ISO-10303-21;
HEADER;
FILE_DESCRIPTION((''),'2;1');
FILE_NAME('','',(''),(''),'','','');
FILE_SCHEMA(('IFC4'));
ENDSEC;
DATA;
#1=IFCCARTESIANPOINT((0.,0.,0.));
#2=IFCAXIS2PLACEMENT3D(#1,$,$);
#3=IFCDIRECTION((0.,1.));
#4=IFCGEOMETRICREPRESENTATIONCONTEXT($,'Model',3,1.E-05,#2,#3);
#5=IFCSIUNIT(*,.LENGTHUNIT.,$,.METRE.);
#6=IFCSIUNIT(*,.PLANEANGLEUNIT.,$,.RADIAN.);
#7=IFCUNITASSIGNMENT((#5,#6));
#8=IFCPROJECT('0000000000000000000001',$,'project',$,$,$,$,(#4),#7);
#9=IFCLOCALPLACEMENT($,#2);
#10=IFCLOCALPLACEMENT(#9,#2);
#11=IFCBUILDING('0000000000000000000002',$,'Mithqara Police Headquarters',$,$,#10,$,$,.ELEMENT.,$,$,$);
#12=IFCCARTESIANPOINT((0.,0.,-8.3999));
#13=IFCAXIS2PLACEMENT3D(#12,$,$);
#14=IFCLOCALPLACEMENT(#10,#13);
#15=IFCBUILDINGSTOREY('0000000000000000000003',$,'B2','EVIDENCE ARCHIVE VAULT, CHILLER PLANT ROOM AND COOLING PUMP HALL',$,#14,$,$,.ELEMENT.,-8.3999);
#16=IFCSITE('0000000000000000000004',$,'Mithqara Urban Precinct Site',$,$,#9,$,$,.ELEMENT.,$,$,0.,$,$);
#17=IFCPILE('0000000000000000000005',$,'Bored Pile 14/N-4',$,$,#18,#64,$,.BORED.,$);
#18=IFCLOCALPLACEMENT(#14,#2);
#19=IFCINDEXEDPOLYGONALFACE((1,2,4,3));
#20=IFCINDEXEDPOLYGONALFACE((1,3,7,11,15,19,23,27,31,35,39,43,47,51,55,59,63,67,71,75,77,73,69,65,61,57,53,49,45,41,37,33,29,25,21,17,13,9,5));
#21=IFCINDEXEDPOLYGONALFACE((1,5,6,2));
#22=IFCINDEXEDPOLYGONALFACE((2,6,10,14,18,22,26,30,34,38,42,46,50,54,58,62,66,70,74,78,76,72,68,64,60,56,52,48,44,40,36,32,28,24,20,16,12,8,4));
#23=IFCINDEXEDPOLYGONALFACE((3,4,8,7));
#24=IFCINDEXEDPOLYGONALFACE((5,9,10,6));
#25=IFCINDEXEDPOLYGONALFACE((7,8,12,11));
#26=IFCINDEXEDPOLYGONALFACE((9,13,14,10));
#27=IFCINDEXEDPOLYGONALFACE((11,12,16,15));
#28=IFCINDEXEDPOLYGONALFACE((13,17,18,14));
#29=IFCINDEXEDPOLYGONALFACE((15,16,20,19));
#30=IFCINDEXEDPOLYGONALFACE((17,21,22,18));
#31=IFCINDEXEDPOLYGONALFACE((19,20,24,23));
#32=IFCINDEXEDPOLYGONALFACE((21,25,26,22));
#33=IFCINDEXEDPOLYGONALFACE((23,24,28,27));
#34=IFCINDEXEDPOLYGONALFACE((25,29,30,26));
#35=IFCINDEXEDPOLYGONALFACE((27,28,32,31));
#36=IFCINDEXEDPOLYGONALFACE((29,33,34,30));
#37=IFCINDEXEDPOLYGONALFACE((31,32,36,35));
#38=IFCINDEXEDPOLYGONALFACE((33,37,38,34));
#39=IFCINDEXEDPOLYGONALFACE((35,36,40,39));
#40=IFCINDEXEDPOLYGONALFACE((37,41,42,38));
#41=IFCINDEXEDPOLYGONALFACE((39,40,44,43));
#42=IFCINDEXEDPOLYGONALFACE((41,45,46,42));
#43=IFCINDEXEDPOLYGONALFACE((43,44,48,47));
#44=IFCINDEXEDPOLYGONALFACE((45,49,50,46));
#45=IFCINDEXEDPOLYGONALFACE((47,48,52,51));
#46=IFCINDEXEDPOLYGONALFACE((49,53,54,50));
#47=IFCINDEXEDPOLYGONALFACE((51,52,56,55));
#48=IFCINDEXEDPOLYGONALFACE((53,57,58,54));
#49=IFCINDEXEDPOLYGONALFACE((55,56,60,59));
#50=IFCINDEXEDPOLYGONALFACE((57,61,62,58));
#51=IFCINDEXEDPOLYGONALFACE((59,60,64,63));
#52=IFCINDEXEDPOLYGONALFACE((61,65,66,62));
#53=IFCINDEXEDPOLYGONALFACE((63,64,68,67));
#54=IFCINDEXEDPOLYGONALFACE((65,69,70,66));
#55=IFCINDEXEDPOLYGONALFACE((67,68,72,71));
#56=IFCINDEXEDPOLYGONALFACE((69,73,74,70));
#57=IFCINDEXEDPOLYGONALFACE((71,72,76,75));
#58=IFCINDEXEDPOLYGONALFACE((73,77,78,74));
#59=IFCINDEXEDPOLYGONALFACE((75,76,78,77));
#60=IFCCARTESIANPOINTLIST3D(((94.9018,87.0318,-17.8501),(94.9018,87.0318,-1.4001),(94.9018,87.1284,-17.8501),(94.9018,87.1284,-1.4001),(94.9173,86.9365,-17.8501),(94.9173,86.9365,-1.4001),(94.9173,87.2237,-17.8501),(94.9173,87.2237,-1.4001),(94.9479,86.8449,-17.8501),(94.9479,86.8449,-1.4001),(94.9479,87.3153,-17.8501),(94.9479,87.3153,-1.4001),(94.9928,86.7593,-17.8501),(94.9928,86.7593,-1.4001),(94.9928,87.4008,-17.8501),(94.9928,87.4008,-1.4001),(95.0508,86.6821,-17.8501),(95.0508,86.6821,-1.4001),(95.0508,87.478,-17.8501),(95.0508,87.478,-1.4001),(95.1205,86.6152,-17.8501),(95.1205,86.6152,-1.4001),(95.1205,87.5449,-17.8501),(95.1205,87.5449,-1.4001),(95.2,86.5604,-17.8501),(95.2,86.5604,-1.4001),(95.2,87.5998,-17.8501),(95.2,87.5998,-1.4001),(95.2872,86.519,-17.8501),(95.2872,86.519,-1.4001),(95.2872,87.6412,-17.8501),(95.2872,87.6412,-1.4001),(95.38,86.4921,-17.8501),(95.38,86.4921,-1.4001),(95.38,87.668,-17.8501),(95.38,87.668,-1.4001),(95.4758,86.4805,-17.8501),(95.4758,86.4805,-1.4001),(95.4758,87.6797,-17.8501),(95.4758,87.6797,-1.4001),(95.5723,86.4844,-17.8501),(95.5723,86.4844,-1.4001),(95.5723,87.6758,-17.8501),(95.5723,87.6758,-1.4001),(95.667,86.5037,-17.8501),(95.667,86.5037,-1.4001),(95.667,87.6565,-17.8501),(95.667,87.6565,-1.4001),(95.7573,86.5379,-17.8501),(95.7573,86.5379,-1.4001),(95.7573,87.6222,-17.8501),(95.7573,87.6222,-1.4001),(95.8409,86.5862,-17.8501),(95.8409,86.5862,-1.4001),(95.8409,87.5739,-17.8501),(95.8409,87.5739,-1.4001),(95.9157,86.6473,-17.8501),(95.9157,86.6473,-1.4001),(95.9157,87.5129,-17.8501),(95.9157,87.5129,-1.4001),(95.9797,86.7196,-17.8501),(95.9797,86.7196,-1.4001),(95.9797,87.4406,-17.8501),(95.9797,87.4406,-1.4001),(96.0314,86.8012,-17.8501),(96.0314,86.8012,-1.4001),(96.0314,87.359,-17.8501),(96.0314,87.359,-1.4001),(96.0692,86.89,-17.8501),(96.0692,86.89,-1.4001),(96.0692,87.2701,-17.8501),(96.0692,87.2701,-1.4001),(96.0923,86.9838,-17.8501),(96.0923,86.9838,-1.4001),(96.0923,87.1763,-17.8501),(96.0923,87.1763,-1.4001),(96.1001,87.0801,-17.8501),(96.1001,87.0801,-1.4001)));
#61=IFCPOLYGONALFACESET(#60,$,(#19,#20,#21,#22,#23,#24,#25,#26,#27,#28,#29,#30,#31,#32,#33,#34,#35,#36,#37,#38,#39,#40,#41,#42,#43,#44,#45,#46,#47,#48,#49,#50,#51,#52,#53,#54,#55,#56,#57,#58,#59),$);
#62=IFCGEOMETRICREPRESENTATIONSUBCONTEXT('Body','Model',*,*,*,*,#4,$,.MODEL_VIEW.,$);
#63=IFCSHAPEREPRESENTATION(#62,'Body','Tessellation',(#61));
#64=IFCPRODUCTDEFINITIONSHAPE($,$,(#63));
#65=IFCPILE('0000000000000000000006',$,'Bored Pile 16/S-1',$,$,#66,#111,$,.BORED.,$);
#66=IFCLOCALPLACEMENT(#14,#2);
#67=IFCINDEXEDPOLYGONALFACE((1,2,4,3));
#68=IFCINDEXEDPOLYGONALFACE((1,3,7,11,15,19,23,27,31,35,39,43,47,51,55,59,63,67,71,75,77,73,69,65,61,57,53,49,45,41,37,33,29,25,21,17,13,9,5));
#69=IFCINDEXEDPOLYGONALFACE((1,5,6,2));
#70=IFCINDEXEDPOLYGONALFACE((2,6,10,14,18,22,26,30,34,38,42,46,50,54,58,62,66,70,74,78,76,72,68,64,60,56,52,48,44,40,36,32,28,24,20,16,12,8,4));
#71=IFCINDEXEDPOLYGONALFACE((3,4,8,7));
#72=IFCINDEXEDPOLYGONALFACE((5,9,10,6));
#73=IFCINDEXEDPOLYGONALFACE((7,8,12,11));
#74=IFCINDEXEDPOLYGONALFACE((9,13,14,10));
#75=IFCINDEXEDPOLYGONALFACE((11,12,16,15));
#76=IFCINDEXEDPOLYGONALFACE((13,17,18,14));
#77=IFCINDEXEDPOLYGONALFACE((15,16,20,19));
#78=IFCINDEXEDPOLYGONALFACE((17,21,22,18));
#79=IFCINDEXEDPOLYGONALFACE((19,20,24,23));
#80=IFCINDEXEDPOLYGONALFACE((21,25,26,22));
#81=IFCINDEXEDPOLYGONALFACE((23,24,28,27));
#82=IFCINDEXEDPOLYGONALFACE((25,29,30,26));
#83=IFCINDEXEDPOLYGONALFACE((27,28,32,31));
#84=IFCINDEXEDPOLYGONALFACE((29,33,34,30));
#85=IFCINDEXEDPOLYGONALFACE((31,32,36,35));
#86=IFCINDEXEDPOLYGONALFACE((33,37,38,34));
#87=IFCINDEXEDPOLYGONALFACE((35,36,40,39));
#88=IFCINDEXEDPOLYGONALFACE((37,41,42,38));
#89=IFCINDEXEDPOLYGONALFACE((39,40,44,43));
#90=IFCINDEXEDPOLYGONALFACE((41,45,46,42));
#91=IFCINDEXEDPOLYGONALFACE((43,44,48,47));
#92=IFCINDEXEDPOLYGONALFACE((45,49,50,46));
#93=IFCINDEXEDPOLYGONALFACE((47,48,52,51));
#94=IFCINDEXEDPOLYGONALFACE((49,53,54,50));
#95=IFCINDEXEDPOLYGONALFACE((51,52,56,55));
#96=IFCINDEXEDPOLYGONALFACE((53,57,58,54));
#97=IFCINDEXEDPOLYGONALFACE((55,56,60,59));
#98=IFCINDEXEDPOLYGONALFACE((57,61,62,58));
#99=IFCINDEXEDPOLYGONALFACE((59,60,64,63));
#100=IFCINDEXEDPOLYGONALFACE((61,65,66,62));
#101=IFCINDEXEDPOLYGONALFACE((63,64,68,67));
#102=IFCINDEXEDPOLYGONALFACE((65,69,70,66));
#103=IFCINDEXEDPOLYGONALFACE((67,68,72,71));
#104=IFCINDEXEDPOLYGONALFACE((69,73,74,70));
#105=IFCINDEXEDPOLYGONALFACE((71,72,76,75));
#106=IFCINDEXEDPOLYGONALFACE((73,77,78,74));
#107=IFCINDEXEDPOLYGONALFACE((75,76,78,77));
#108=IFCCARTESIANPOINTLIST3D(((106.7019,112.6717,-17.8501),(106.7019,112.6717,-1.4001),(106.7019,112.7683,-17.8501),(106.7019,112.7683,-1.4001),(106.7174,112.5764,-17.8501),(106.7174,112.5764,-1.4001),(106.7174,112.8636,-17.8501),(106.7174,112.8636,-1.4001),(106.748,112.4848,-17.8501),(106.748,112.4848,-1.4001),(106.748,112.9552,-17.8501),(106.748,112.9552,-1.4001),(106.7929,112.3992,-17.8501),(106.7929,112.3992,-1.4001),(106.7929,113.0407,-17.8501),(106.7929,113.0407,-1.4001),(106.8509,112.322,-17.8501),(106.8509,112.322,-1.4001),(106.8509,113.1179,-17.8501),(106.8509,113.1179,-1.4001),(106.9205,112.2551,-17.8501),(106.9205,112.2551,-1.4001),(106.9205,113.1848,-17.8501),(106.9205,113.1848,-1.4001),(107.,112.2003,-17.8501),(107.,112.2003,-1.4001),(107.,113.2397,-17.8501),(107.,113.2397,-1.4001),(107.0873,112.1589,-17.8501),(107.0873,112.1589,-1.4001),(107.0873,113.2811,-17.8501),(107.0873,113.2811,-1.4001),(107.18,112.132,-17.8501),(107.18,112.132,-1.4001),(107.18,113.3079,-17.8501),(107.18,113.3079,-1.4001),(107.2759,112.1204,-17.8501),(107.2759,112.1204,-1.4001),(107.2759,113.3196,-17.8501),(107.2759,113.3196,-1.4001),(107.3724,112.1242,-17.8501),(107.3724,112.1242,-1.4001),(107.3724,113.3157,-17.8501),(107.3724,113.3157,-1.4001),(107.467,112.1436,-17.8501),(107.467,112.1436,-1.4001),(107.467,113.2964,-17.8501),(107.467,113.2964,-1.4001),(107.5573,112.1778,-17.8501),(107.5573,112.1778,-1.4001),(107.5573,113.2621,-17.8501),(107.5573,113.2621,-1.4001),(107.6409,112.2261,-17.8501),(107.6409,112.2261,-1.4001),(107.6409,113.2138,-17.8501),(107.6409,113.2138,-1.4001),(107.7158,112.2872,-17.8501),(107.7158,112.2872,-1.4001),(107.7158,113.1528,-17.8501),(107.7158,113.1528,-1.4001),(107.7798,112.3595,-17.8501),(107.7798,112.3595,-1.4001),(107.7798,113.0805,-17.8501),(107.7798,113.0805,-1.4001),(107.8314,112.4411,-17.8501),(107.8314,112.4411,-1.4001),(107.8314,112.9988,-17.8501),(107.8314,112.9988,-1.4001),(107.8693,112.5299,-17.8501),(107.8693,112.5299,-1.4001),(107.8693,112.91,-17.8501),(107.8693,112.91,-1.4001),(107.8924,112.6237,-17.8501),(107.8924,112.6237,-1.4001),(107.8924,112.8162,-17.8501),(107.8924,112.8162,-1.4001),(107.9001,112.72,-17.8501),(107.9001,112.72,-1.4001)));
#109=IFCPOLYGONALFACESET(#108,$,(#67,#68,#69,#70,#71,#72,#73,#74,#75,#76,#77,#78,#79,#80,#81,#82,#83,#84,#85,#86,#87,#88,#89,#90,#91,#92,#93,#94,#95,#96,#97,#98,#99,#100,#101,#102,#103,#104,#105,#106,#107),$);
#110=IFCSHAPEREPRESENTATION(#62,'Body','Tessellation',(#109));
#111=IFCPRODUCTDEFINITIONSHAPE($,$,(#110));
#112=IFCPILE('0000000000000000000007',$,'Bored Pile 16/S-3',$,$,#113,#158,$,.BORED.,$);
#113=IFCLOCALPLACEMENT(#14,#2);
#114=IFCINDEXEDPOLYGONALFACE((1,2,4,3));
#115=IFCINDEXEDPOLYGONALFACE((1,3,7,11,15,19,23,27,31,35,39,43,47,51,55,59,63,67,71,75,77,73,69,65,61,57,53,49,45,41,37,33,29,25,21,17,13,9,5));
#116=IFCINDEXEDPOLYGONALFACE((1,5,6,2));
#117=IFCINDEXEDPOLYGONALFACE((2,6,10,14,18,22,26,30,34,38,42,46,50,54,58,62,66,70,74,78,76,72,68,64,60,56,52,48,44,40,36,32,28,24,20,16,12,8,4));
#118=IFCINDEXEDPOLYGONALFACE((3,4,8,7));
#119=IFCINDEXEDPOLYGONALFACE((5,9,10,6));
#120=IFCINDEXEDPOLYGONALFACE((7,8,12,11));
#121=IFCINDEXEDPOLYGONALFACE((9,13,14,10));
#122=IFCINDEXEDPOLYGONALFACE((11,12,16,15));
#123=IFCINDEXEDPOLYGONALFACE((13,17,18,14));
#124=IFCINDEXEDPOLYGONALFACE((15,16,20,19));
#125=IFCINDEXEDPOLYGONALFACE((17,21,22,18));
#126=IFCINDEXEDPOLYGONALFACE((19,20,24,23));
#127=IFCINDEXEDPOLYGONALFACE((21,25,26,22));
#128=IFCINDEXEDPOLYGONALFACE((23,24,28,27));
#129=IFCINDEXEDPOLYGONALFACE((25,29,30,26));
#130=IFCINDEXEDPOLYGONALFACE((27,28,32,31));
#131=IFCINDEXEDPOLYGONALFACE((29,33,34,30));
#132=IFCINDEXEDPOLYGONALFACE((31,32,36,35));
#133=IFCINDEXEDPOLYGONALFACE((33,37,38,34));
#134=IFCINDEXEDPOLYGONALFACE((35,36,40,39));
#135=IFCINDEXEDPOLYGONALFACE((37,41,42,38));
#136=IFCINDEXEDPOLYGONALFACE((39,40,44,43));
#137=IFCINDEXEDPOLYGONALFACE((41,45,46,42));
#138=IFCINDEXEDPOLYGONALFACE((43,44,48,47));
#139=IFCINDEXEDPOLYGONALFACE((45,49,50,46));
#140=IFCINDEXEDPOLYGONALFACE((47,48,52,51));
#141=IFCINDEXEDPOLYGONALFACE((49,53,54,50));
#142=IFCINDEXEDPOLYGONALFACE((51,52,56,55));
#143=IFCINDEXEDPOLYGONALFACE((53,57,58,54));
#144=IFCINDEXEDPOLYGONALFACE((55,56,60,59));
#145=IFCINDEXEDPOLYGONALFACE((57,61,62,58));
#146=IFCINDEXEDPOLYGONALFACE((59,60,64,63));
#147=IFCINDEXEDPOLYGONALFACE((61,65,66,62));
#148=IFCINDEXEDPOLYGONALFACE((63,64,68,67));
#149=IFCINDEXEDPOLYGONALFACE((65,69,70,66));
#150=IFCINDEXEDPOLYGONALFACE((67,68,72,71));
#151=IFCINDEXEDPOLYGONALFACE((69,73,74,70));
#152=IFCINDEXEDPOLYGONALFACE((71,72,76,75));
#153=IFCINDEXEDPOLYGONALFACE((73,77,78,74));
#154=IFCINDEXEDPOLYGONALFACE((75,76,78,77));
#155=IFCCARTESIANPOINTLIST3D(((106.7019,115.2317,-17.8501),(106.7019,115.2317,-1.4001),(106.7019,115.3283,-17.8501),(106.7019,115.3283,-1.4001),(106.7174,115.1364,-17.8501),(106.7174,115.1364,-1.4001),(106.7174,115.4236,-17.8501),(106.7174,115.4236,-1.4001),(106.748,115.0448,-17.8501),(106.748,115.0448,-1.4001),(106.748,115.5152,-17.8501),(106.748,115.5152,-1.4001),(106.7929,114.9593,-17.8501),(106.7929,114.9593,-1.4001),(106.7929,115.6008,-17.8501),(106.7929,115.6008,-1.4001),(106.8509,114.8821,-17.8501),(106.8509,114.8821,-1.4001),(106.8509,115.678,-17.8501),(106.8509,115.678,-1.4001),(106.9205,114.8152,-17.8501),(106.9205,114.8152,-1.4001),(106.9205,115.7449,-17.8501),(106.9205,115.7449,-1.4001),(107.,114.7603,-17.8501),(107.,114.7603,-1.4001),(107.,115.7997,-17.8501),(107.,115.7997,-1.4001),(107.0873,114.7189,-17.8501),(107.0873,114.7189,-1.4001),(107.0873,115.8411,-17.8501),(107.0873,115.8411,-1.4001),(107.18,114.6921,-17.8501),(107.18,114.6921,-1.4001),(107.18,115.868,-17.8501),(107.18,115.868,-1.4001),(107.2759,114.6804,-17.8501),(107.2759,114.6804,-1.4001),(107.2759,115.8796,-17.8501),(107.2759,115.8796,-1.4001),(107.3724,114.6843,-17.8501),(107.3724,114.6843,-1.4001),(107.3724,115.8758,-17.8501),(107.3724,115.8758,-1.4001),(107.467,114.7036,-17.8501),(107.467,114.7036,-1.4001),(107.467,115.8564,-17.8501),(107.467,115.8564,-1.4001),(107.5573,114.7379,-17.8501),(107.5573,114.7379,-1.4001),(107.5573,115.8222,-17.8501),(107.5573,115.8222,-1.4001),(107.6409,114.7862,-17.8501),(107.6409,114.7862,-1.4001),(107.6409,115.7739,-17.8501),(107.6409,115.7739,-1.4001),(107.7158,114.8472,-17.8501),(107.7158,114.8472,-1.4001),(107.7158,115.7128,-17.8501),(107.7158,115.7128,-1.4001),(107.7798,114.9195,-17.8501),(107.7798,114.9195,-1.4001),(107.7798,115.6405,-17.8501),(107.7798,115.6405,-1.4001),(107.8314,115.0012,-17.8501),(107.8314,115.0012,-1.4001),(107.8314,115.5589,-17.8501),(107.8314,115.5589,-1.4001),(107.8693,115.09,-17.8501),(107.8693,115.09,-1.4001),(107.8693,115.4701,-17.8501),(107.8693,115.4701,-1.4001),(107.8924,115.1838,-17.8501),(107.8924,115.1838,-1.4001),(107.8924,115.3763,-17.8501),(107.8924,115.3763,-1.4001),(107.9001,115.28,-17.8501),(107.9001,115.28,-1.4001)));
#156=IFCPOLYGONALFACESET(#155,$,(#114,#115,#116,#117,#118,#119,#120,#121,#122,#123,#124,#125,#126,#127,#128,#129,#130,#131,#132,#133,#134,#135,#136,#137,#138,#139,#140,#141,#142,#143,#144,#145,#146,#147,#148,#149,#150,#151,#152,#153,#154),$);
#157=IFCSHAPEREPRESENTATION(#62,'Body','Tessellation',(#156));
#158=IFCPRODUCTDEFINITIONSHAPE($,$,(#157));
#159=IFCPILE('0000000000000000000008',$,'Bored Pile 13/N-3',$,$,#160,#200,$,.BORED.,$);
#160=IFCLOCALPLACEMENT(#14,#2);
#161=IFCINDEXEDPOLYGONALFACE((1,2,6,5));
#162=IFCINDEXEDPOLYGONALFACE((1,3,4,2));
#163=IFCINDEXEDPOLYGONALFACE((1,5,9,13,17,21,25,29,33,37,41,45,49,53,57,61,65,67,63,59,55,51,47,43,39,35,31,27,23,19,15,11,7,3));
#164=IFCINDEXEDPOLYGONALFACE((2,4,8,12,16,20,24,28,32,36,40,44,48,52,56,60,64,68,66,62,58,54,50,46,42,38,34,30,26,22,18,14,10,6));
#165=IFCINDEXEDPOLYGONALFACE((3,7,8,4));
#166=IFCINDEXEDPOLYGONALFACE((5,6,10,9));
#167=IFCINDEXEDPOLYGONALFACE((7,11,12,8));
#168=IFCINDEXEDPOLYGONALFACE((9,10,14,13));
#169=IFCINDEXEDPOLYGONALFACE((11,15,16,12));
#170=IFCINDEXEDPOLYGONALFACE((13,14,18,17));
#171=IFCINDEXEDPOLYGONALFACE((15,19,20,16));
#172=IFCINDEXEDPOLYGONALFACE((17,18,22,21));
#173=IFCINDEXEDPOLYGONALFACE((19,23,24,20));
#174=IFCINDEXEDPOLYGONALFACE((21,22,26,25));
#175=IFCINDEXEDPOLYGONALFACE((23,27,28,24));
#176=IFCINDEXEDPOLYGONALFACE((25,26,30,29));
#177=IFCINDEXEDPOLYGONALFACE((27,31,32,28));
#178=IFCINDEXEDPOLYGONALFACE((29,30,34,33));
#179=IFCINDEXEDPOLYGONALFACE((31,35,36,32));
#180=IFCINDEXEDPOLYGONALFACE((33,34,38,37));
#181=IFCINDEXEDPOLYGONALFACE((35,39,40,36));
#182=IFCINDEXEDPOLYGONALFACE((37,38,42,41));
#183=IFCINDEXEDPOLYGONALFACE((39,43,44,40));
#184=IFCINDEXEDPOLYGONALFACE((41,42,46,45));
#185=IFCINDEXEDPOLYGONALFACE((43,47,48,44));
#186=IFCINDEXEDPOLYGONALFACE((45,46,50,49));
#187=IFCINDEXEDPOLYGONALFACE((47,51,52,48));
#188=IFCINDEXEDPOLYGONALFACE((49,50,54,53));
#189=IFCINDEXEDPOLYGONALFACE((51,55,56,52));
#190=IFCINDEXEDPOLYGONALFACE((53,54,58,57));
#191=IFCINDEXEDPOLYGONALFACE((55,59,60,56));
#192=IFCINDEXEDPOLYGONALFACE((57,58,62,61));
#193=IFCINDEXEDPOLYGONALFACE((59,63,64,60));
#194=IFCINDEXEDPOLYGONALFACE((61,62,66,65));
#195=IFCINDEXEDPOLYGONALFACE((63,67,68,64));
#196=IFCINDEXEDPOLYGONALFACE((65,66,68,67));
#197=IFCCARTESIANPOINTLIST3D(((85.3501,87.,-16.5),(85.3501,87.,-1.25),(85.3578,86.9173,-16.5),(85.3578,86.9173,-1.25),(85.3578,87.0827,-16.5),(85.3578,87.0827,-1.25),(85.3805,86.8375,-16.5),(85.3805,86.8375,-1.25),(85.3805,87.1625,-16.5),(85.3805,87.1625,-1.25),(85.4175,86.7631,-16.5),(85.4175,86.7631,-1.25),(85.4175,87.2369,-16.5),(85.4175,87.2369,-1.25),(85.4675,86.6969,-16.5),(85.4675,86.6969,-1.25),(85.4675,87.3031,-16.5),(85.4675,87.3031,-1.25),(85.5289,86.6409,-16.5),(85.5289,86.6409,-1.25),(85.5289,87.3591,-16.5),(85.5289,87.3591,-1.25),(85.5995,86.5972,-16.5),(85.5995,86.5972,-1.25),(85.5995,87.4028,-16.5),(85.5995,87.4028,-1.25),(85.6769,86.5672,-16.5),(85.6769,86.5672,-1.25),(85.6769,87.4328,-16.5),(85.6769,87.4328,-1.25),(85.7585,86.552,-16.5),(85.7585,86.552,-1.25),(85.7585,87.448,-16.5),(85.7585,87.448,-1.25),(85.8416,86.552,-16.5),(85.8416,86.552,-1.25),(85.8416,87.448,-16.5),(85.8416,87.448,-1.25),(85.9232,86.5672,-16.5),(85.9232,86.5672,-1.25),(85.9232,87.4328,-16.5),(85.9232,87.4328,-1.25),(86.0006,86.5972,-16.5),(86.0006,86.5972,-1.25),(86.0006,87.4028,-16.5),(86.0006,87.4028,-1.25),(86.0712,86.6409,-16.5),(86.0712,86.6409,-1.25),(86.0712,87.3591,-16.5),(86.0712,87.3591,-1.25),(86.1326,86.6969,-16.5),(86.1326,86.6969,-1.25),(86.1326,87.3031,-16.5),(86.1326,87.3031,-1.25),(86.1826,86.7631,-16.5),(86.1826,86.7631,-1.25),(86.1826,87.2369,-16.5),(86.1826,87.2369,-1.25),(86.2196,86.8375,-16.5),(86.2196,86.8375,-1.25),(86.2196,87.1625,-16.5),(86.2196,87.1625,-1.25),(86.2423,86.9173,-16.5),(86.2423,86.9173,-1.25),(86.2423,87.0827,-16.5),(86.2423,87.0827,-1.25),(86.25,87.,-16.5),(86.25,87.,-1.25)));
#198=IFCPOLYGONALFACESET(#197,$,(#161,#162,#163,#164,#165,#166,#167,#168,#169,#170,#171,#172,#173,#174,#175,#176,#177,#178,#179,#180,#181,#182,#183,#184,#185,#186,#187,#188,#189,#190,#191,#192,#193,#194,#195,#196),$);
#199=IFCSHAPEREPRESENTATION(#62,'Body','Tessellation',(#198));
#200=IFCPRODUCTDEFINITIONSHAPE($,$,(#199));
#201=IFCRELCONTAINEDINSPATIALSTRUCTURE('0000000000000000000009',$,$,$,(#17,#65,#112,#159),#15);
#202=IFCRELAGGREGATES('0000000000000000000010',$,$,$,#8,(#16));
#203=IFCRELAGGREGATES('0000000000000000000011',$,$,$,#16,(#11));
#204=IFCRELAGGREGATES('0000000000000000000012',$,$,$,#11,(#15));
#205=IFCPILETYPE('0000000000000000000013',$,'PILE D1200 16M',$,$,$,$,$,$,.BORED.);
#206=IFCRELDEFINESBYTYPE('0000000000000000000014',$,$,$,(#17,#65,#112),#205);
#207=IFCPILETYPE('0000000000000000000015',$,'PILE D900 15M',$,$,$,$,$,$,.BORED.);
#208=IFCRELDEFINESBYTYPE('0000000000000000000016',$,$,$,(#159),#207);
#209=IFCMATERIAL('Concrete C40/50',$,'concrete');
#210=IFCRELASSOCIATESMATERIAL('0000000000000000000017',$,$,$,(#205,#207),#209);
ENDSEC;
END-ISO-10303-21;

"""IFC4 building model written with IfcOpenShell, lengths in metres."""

from ifc_helpers import new_model, si_unit, direction, frame, origin, origin_2d, place, context, subcontext, project, spatial, circle, extrude, material, material_profile, profile_set, type_object, element, save


model = new_model("IFC4")

# Units and contexts
model_context = context("Model", 3, precision=1e-05, world=origin(), true_north=direction((0.0, 1.0)))
body_context = subcontext(model_context, "Body", "Model", "MODEL_VIEW")
ifc_project = project(units=[si_unit("LENGTHUNIT", "METRE"), si_unit("PLANEANGLEUNIT", "RADIAN")], contexts=[model_context])

# Site, building, storey
site_placement = place(None, origin())
site = spatial("IfcSite", under=ifc_project, at=site_placement, Name="Mithqara Urban Precinct Site", CompositionType="ELEMENT", RefElevation=0.0)
building_placement = place(site_placement, origin())
building = spatial("IfcBuilding", under=site, at=building_placement, Name="Mithqara Police Headquarters", CompositionType="ELEMENT")
storey_placement = place(building_placement, frame((0.0, 0.0, -8.3999)))
storey = spatial("IfcBuildingStorey", under=building, at=storey_placement, Name="B2", Description="EVIDENCE ARCHIVE VAULT, CHILLER PLANT ROOM AND COOLING PUMP HALL", CompositionType="ELEMENT", Elevation=-8.3999)

# Piles
ifc_material_1 = material(Name="Concrete C40/50", Category="concrete")
ifc_material_profile_1 = material_profile(ifc_material_1, circle(Radius=0.6001, at=origin_2d()), Name="PILE D1200")
ifc_profile_set_1 = profile_set([ifc_material_profile_1], Name="Concrete C40/50")
pile_type_1 = type_object("IfcPileType", Name="PILE D1200 16M", PredefinedType="BORED", material=ifc_profile_set_1)
for number, where, z_axis, x_axis, name in (
    (1, (95.5, 87.0801, -1.4001), (0.0, 0.0, -1.0), (1.0, 0.0, 0.0), "Bored Pile 14/N-4"),
    (2, (107.3, 112.72, -1.4001), (0.0, 0.0, -1.0), (1.0, 0.0, 0.0), "Bored Pile 16/S-1"),
    (3, (107.3, 115.28, -1.4001), (0.0, 0.0, -1.0), (1.0, 0.0, 0.0), "Bored Pile 16/S-3"),
):
    element("IfcPile", number, at=place(storey_placement, frame(where, z_axis=z_axis, x_axis=x_axis)), inside=storey, type_object=pile_type_1, Name=name, PredefinedType="BORED", context=body_context, shape_type="SweptSolid", body=[
        extrude(circle(Radius=0.6001, at=origin_2d()), origin(), (0.0, 0.0, 1.0), 16.45),
    ])
ifc_material_profile_2 = material_profile(ifc_material_1, circle(Radius=0.45, at=origin_2d()), Name="PILE D900")
ifc_profile_set_2 = profile_set([ifc_material_profile_2], Name="Concrete C40/50")
pile_type_2 = type_object("IfcPileType", Name="PILE D900 15M", PredefinedType="BORED", material=ifc_profile_set_2)
for number, where, z_axis, x_axis, name in (
    (4, (85.8, 87.0, -1.25), (0.0, 0.0, -1.0), (1.0, 0.0, 0.0), "Bored Pile 13/N-3"),
):
    element("IfcPile", number, at=place(storey_placement, frame(where, z_axis=z_axis, x_axis=x_axis)), inside=storey, type_object=pile_type_2, Name=name, PredefinedType="BORED", context=body_context, shape_type="SweptSolid", body=[
        extrude(circle(Radius=0.45, at=origin_2d()), origin(), (0.0, 0.0, 1.0), 15.25),
    ])

save(model, "model.ifc")
